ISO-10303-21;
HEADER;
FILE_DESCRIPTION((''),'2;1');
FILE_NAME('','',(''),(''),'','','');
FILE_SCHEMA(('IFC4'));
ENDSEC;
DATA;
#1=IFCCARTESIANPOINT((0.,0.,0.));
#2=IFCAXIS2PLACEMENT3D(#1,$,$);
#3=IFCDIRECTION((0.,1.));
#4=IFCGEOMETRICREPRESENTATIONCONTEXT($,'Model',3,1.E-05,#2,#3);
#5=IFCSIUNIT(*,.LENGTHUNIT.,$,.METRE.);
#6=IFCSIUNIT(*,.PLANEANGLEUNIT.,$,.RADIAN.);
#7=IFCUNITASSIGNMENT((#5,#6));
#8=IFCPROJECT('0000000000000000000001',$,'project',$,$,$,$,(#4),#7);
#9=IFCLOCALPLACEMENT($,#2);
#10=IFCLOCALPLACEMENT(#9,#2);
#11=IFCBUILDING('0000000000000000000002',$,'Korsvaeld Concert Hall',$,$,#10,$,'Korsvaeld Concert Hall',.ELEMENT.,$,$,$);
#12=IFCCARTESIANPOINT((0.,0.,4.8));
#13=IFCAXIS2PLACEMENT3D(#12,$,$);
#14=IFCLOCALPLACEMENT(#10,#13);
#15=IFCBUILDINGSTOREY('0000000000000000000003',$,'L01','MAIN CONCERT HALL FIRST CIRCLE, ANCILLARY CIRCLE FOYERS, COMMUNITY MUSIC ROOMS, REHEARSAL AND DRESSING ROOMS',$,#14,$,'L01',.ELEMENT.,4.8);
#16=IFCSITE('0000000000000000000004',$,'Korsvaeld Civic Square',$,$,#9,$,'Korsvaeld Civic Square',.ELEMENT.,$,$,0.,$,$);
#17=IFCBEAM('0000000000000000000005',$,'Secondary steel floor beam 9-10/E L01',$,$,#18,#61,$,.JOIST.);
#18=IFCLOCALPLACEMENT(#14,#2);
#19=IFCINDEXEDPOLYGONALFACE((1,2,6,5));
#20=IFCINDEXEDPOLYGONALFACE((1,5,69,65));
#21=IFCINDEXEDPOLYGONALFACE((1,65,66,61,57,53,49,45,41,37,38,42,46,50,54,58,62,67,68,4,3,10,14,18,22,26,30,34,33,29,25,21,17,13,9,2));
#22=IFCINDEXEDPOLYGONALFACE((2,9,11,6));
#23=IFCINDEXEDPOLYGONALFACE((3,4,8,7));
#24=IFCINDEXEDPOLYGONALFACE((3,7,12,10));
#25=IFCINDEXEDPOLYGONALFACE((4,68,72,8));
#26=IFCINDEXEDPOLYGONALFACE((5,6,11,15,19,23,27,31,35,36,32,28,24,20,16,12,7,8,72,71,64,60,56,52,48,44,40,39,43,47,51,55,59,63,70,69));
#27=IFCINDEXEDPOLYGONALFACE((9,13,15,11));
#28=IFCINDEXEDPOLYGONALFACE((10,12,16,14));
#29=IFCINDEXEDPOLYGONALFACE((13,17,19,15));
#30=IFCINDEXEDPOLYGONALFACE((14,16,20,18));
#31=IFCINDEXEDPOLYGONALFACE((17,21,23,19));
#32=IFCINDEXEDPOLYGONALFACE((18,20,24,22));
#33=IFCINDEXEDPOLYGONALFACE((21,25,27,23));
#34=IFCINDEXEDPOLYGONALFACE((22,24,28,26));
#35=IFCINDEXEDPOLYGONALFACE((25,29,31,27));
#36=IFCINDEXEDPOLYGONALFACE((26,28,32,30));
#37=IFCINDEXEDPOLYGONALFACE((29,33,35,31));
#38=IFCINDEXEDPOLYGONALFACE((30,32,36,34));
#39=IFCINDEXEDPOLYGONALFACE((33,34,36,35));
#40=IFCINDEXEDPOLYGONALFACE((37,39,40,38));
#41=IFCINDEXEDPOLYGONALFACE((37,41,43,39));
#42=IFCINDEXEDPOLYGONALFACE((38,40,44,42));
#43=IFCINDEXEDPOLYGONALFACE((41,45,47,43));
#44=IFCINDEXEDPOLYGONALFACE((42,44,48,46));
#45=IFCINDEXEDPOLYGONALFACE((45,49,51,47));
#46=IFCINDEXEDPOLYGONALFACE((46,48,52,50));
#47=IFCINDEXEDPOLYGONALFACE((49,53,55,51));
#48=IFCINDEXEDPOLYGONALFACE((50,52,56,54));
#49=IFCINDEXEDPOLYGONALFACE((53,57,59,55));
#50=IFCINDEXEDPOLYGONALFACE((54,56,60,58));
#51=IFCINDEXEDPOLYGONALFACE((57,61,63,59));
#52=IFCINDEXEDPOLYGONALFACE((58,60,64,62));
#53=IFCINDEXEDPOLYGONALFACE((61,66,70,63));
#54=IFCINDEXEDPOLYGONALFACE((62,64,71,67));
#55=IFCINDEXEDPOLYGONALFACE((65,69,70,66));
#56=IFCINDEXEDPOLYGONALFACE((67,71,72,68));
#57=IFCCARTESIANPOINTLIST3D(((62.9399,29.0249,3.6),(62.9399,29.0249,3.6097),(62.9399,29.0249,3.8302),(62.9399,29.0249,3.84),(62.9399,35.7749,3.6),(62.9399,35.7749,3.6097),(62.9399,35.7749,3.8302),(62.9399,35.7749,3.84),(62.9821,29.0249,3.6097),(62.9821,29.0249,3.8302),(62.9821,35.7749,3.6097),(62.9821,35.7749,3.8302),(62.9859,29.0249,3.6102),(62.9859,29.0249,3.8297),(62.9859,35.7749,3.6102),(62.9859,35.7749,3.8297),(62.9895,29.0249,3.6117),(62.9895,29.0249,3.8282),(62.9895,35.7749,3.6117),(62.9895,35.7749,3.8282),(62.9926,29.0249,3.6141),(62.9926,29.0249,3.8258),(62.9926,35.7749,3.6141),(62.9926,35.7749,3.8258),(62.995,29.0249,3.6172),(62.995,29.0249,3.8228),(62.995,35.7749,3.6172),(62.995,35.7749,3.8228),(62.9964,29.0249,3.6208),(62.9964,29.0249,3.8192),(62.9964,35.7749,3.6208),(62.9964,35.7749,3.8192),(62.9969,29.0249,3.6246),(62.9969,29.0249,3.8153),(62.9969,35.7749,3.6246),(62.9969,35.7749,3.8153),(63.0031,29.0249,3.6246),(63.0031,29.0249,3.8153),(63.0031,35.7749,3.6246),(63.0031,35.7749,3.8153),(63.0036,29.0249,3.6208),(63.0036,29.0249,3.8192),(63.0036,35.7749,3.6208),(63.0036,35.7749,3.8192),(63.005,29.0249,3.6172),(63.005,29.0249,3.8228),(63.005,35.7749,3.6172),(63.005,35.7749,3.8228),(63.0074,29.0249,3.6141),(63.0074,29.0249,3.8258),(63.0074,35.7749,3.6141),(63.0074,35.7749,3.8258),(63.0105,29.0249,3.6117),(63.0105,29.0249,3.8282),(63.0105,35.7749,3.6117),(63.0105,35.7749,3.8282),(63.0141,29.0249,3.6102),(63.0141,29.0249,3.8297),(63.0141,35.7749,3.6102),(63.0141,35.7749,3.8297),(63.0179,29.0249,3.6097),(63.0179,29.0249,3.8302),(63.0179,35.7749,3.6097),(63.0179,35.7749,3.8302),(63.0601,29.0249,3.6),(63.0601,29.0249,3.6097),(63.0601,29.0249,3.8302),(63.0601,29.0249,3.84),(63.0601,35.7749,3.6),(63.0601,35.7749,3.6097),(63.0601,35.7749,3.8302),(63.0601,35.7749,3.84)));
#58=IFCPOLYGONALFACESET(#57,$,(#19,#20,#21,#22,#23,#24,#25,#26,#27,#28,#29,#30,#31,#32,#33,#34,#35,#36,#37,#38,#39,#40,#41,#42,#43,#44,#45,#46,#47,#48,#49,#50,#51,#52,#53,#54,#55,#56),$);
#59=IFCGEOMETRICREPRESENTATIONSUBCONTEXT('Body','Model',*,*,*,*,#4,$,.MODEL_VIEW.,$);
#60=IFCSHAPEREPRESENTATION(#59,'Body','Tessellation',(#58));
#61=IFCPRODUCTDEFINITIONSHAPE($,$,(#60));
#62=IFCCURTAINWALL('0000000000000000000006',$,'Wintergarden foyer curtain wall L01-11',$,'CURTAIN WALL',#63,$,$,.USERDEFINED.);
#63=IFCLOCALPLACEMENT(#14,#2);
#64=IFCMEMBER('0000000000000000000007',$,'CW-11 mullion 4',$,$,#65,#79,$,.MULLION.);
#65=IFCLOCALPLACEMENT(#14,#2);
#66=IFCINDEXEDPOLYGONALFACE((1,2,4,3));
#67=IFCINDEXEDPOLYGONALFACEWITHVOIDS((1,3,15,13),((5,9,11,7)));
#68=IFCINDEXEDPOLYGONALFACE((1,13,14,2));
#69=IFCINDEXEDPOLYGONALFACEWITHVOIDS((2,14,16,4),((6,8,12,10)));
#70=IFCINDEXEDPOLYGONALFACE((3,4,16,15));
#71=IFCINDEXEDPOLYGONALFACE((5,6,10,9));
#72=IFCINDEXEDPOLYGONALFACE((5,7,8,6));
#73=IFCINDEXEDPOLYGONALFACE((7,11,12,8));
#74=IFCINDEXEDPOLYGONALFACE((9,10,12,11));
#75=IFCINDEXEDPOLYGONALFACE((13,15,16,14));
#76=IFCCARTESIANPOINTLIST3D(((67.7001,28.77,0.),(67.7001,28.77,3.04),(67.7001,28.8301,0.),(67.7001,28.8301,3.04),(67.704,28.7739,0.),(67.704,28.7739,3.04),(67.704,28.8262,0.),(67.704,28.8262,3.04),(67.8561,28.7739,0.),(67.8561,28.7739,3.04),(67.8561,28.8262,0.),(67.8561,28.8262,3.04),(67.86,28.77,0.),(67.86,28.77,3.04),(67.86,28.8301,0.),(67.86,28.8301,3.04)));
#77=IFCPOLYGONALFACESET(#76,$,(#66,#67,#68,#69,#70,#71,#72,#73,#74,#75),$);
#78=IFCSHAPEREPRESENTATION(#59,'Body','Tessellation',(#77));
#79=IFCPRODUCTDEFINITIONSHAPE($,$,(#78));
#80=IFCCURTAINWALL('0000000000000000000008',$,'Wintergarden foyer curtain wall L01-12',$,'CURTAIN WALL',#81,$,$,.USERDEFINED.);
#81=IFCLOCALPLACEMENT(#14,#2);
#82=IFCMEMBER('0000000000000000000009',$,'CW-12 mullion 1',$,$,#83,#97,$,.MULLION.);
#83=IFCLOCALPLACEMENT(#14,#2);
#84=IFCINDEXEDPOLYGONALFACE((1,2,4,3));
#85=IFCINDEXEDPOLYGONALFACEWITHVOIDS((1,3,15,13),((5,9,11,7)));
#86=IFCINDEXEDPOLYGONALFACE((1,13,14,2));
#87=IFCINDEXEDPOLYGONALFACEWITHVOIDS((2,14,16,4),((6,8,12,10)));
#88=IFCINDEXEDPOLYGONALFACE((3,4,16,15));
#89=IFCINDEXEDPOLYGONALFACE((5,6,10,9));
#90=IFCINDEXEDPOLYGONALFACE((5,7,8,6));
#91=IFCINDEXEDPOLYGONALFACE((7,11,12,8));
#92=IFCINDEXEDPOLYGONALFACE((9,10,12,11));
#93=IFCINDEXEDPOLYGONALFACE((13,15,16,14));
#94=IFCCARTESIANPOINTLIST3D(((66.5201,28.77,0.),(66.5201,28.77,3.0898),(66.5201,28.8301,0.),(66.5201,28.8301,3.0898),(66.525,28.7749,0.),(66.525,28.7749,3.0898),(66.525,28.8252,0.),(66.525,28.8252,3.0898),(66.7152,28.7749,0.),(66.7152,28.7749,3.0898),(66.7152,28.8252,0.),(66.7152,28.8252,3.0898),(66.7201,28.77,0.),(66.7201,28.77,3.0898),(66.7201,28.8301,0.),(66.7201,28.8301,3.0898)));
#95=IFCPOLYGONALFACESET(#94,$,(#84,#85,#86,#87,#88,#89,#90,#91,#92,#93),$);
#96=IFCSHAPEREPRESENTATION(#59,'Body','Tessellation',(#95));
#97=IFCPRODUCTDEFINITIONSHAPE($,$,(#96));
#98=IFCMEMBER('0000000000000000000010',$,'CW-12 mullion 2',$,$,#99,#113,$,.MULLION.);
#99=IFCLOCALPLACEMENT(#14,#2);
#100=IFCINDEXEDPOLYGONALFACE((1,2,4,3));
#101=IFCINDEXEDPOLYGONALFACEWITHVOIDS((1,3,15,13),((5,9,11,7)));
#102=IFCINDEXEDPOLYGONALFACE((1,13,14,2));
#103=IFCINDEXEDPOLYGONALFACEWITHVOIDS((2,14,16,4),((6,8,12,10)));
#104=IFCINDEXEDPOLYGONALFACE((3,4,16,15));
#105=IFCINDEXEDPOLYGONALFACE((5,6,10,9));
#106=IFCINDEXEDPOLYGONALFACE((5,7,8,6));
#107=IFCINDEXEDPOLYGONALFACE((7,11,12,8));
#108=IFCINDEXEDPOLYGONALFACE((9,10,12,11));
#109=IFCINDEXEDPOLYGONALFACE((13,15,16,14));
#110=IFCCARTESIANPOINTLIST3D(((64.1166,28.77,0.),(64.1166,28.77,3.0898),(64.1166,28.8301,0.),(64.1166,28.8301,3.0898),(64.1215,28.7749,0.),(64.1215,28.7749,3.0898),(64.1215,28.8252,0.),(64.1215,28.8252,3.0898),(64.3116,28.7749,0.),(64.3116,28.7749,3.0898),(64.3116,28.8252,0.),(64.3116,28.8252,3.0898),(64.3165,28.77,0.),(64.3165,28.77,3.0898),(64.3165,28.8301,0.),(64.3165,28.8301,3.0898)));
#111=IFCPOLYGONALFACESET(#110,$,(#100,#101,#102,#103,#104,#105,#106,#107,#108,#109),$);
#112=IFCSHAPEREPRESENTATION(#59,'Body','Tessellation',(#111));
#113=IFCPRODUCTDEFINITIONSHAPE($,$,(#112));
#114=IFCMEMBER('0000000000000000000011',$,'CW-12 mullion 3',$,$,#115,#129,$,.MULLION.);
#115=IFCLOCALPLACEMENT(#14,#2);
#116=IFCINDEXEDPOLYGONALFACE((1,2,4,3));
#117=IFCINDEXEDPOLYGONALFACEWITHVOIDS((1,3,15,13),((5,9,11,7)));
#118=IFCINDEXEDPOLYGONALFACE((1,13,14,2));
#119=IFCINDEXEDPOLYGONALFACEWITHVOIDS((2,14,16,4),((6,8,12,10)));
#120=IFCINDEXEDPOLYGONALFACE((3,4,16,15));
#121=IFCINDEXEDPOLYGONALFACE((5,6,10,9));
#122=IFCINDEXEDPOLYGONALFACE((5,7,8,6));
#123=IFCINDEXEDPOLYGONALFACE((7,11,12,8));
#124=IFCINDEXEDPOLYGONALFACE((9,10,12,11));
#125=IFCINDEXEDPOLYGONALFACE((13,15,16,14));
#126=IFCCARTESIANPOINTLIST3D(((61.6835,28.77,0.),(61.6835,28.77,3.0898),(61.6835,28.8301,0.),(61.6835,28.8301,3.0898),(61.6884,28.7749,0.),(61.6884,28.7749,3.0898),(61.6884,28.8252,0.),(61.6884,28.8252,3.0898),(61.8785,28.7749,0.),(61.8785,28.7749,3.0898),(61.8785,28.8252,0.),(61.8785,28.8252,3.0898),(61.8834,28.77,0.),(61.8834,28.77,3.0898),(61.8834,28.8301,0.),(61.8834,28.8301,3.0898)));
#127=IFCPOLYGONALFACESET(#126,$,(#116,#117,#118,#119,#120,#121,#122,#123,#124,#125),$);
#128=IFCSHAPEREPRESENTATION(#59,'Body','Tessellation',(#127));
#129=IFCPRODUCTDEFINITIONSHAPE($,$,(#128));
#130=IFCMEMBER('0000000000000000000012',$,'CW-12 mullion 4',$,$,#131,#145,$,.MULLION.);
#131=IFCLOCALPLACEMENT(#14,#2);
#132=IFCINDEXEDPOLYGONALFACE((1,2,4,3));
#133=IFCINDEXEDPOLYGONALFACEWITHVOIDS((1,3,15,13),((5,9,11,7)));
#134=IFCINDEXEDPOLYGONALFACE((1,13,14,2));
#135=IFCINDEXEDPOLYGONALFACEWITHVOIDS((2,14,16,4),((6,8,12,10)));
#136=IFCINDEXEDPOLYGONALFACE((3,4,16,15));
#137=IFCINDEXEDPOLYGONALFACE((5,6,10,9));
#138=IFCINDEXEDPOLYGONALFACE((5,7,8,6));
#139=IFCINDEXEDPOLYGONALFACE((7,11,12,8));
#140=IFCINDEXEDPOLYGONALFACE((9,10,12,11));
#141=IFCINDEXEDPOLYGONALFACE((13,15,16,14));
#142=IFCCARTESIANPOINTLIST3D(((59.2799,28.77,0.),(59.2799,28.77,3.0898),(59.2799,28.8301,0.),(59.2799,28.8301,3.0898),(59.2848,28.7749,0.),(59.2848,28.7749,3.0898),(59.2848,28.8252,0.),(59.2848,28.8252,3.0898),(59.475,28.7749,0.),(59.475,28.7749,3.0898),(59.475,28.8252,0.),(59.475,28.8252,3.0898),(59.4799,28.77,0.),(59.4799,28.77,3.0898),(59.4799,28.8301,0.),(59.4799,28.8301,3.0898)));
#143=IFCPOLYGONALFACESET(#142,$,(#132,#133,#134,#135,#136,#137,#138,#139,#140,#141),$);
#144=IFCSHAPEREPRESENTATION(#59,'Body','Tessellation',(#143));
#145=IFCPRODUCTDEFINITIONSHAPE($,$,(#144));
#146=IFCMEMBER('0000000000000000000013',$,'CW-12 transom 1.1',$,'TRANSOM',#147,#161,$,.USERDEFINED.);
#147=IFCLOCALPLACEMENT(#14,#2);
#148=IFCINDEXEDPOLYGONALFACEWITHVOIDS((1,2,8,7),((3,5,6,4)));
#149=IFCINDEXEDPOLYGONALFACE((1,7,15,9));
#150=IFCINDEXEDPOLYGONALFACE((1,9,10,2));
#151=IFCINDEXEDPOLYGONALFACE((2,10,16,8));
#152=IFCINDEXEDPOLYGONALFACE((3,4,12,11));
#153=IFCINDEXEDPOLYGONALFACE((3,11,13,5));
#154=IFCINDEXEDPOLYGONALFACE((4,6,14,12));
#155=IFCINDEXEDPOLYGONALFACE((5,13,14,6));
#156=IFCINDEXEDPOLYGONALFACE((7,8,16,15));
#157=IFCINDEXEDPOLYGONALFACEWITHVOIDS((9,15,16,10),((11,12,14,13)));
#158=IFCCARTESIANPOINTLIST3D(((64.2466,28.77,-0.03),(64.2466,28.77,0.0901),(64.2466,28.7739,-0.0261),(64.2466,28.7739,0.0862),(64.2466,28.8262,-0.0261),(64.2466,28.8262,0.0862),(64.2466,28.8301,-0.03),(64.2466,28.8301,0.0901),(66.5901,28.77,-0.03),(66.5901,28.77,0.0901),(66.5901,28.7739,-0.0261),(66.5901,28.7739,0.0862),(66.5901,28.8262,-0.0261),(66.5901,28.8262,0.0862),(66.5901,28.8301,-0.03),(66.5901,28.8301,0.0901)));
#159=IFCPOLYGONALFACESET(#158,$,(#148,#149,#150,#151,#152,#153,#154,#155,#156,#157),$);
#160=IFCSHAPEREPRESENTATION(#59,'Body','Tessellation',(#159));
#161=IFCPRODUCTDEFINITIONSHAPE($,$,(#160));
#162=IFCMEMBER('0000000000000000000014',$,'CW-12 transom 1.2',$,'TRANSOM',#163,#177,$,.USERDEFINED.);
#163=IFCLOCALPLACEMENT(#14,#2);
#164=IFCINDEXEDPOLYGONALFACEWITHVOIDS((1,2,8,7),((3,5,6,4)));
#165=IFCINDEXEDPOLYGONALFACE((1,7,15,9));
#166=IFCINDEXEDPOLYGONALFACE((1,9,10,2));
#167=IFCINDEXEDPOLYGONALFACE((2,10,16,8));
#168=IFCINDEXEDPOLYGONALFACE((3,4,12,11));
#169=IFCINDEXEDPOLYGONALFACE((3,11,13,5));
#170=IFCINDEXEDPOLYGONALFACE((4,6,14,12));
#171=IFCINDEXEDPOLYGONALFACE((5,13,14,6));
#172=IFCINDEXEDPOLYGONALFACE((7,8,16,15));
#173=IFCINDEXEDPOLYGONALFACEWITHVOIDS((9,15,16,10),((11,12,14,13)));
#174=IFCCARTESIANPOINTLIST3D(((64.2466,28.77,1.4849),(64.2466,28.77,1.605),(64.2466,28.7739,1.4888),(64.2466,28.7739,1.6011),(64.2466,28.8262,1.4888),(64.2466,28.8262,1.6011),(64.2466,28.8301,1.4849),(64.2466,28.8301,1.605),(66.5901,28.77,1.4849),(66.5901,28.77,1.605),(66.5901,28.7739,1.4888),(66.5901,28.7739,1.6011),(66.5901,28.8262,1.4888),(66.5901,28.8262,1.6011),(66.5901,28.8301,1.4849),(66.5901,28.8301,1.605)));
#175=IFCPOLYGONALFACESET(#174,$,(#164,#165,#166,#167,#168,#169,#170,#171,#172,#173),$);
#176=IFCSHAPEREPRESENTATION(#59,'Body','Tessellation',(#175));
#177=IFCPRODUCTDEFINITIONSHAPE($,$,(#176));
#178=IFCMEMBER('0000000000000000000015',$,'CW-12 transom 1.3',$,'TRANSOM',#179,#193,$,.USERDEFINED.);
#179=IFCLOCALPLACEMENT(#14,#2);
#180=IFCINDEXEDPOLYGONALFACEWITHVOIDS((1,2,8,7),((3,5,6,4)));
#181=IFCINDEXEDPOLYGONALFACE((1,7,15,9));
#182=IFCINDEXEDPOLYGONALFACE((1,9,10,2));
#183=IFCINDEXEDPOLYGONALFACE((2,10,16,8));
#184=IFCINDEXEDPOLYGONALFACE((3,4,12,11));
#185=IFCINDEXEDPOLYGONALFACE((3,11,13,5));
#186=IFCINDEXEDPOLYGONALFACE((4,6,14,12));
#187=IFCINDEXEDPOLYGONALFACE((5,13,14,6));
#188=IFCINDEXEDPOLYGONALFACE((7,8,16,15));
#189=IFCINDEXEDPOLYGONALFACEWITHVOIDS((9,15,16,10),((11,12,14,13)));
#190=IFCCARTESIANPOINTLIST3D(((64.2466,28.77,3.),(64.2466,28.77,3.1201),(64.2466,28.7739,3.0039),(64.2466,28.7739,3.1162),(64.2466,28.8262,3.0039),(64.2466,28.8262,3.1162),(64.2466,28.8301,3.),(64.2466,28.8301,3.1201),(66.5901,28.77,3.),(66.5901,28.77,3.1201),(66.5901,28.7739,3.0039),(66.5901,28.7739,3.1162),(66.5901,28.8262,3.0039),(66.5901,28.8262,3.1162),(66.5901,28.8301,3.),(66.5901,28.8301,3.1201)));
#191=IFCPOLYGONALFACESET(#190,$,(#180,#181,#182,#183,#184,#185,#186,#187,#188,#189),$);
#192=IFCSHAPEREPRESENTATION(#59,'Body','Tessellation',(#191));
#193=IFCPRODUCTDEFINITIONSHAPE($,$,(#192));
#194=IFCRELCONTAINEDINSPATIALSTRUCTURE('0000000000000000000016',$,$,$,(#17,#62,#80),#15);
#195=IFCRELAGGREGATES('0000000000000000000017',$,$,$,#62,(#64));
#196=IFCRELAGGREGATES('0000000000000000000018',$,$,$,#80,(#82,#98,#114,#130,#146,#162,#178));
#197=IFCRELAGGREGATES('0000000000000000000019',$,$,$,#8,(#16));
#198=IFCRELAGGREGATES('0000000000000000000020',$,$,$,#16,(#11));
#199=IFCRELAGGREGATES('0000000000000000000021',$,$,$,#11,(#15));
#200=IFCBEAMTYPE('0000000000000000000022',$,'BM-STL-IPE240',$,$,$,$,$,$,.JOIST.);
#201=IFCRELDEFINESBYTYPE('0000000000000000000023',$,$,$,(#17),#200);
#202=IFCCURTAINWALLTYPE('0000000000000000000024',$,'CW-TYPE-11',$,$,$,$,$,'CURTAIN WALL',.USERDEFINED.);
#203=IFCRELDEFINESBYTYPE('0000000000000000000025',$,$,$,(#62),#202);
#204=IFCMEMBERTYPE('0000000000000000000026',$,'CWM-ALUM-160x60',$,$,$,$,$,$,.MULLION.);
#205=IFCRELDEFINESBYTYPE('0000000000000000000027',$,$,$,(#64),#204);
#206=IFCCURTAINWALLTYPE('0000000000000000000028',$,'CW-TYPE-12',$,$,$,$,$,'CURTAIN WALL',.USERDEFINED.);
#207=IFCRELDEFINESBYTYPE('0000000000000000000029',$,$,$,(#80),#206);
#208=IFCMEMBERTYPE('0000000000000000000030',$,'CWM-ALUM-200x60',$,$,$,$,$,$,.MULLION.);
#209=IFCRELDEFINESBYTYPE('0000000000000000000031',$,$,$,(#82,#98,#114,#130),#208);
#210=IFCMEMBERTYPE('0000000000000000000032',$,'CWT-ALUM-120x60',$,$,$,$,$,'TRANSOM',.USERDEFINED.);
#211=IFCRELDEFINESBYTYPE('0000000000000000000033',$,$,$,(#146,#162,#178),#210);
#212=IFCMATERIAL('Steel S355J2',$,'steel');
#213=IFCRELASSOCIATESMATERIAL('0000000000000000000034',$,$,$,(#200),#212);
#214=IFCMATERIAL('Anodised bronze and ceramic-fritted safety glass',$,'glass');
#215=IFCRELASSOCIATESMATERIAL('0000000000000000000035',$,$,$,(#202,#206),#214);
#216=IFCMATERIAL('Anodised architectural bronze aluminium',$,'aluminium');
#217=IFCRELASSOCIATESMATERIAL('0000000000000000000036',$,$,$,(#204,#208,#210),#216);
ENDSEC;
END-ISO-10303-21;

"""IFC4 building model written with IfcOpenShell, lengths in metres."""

from ifc_helpers import new_model, si_unit, direction, frame, origin, origin_2d, place, context, subcontext, project, spatial, hollow_rectangle, i_section, extrude, material, material_profile, profile_set, type_object, element, aggregate, save


model = new_model("IFC4")

# Units and contexts
model_context = context("Model", 3, precision=1e-05, world=origin(), true_north=direction((0.0, 1.0)))
body_context = subcontext(model_context, "Body", "Model", "MODEL_VIEW")
ifc_project = project(units=[si_unit("LENGTHUNIT", "METRE"), si_unit("PLANEANGLEUNIT", "RADIAN")], contexts=[model_context])

# Site, building, storey
site_placement = place(None, origin())
site = spatial("IfcSite", under=ifc_project, at=site_placement, Name="Korsvaeld Civic Square", LongName="Korsvaeld Civic Square", CompositionType="ELEMENT", RefElevation=0.0)
building_placement = place(site_placement, origin())
building = spatial("IfcBuilding", under=site, at=building_placement, Name="Korsvaeld Concert Hall", LongName="Korsvaeld Concert Hall", CompositionType="ELEMENT")
storey_placement = place(building_placement, frame((0.0, 0.0, 4.8)))
storey = spatial("IfcBuildingStorey", under=building, at=storey_placement, Name="L01", Description="MAIN CONCERT HALL FIRST CIRCLE, ANCILLARY CIRCLE FOYERS, COMMUNITY MUSIC ROOMS, REHEARSAL AND DRESSING ROOMS", LongName="L01", CompositionType="ELEMENT", Elevation=4.8)

# Shared definitions
ifc_material_1 = material(Name="Steel S355J2", Category="steel")

# Beam
ifc_material_profile_1 = material_profile(ifc_material_1, i_section(OverallWidth=0.1201, OverallDepth=0.24, WebThickness=0.0061, FlangeThickness=0.0098, FilletRadius=0.0149, at=origin_2d()), Name="IPE 240")
ifc_profile_set_1 = profile_set([ifc_material_profile_1], Name="Steel S355J2")
beam_type_1 = type_object("IfcBeamType", Name="BM-STL-IPE240", PredefinedType="JOIST", material=ifc_profile_set_1)
beam_1_placement = place(storey_placement, frame((63.0, 29.0249, 3.72), z_axis=(0.0, 1.0, 0.0), x_axis=(-1.0, 0.0, 0.0)))
element("IfcBeam", 1, at=beam_1_placement, inside=storey, type_object=beam_type_1, Name="Secondary steel floor beam 9-10/E L01", PredefinedType="JOIST", context=body_context, shape_type="SweptSolid", body=[
    extrude(i_section(OverallWidth=0.1201, OverallDepth=0.24, WebThickness=0.0061, FlangeThickness=0.0098, FilletRadius=0.0149, at=origin_2d()), origin(), (0.0, 0.0, 1.0), 6.75),
])

# Curtain wall, member
ifc_material_2 = material(Name="Anodised bronze and ceramic-fritted safety glass", Category="glass")
curtain_wall_type_1 = type_object("IfcCurtainWallType", Name="CW-TYPE-11", ElementType="CURTAIN WALL", PredefinedType="USERDEFINED", material=ifc_material_2)
curtain_wall_1_placement = place(storey_placement, origin())
curtain_wall_1 = element("IfcCurtainWall", 2, at=curtain_wall_1_placement, inside=storey, type_object=curtain_wall_type_1, Name="Wintergarden foyer curtain wall L01-11", ObjectType="CURTAIN WALL", PredefinedType="USERDEFINED")
ifc_material_3 = material(Name="Anodised architectural bronze aluminium", Category="aluminium")
ifc_material_profile_2 = material_profile(ifc_material_3, hollow_rectangle(XDim=0.0601, YDim=0.1599, WallThickness=0.0039, at=origin_2d()), Name="CWM 160x60x4")
ifc_profile_set_2 = profile_set([ifc_material_profile_2], Name="Anodised architectural bronze aluminium")
member_type_1 = type_object("IfcMemberType", Name="CWM-ALUM-160x60", PredefinedType="MULLION", material=ifc_profile_set_2)
member_1_placement = place(storey_placement, frame((67.78, 28.8, 0.0), z_axis=(0.0, 0.0, 1.0), x_axis=(0.0, -1.0, 0.0)))
member_1 = element("IfcMember", 3, at=member_1_placement, type_object=member_type_1, Name="CW-11 mullion 4", PredefinedType="MULLION", context=body_context, shape_type="SweptSolid", body=[
    extrude(hollow_rectangle(XDim=0.0601, YDim=0.1599, WallThickness=0.0039, at=origin_2d()), origin(), (0.0, 0.0, 1.0), 3.04),
])

# Curtain wall, members
curtain_wall_type_2 = type_object("IfcCurtainWallType", Name="CW-TYPE-12", ElementType="CURTAIN WALL", PredefinedType="USERDEFINED", material=ifc_material_2)
curtain_wall_2_placement = place(storey_placement, origin())
curtain_wall_2 = element("IfcCurtainWall", 4, at=curtain_wall_2_placement, inside=storey, type_object=curtain_wall_type_2, Name="Wintergarden foyer curtain wall L01-12", ObjectType="CURTAIN WALL", PredefinedType="USERDEFINED")
ifc_material_profile_3 = material_profile(ifc_material_3, hollow_rectangle(XDim=0.0601, YDim=0.2, WallThickness=0.0049, at=origin_2d()), Name="CWM 200x60x5")
ifc_profile_set_3 = profile_set([ifc_material_profile_3], Name="Anodised architectural bronze aluminium")
member_type_2 = type_object("IfcMemberType", Name="CWM-ALUM-200x60", PredefinedType="MULLION", material=ifc_profile_set_3)
member_2_placement = place(storey_placement, frame((66.6201, 28.8, 0.0), z_axis=(0.0, 0.0, 1.0), x_axis=(0.0, -1.0, 0.0)))
member_2 = element("IfcMember", 5, at=member_2_placement, type_object=member_type_2, Name="CW-12 mullion 1", PredefinedType="MULLION", context=body_context, shape_type="SweptSolid", body=[
    extrude(hollow_rectangle(XDim=0.0601, YDim=0.2, WallThickness=0.0049, at=origin_2d()), origin(), (0.0, 0.0, 1.0), 3.0898),
])
member_3_placement = place(storey_placement, frame((64.2166, 28.8, 0.0), z_axis=(0.0, 0.0, 1.0), x_axis=(0.0, -1.0, 0.0)))
member_3 = element("IfcMember", 6, at=member_3_placement, type_object=member_type_2, Name="CW-12 mullion 2", PredefinedType="MULLION", context=body_context, shape_type="SweptSolid", body=[
    extrude(hollow_rectangle(XDim=0.0601, YDim=0.2, WallThickness=0.0049, at=origin_2d()), origin(), (0.0, 0.0, 1.0), 3.0898),
])
member_4_placement = place(storey_placement, frame((61.7834, 28.8, 0.0), z_axis=(0.0, 0.0, 1.0), x_axis=(0.0, -1.0, 0.0)))
member_4 = element("IfcMember", 7, at=member_4_placement, type_object=member_type_2, Name="CW-12 mullion 3", PredefinedType="MULLION", context=body_context, shape_type="SweptSolid", body=[
    extrude(hollow_rectangle(XDim=0.0601, YDim=0.2, WallThickness=0.0049, at=origin_2d()), origin(), (0.0, 0.0, 1.0), 3.0898),
])
member_5_placement = place(storey_placement, frame((59.3799, 28.8, 0.0), z_axis=(0.0, 0.0, 1.0), x_axis=(0.0, -1.0, 0.0)))
member_5 = element("IfcMember", 8, at=member_5_placement, type_object=member_type_2, Name="CW-12 mullion 4", PredefinedType="MULLION", context=body_context, shape_type="SweptSolid", body=[
    extrude(hollow_rectangle(XDim=0.0601, YDim=0.2, WallThickness=0.0049, at=origin_2d()), origin(), (0.0, 0.0, 1.0), 3.0898),
])
ifc_material_profile_4 = material_profile(ifc_material_3, hollow_rectangle(XDim=0.0601, YDim=0.1201, WallThickness=0.0039, at=origin_2d()), Name="CWT 120x60x4")
ifc_profile_set_4 = profile_set([ifc_material_profile_4], Name="Anodised architectural bronze aluminium")
member_type_3 = type_object("IfcMemberType", Name="CWT-ALUM-120x60", ElementType="TRANSOM", PredefinedType="USERDEFINED", material=ifc_profile_set_4)
member_6_placement = place(storey_placement, frame((66.5901, 28.8, 0.03), z_axis=(-1.0, 0.0, 0.0), x_axis=(0.0, -1.0, 0.0)))
member_6 = element("IfcMember", 9, at=member_6_placement, type_object=member_type_3, Name="CW-12 transom 1.1", ObjectType="TRANSOM", PredefinedType="USERDEFINED", context=body_context, shape_type="SweptSolid", body=[
    extrude(hollow_rectangle(XDim=0.0601, YDim=0.1201, WallThickness=0.0039, at=origin_2d()), origin(), (0.0, 0.0, 1.0), 2.3435),
])
member_7_placement = place(storey_placement, frame((66.5901, 28.8, 1.5449), z_axis=(-1.0, 0.0, 0.0), x_axis=(0.0, -1.0, 0.0)))
member_7 = element("IfcMember", 10, at=member_7_placement, type_object=member_type_3, Name="CW-12 transom 1.2", ObjectType="TRANSOM", PredefinedType="USERDEFINED", context=body_context, shape_type="SweptSolid", body=[
    extrude(hollow_rectangle(XDim=0.0601, YDim=0.1201, WallThickness=0.0039, at=origin_2d()), origin(), (0.0, 0.0, 1.0), 2.3435),
])
member_8_placement = place(storey_placement, frame((66.5901, 28.8, 3.0601), z_axis=(-1.0, 0.0, 0.0), x_axis=(0.0, -1.0, 0.0)))
member_8 = element("IfcMember", 11, at=member_8_placement, type_object=member_type_3, Name="CW-12 transom 1.3", ObjectType="TRANSOM", PredefinedType="USERDEFINED", context=body_context, shape_type="SweptSolid", body=[
    extrude(hollow_rectangle(XDim=0.0601, YDim=0.1201, WallThickness=0.0039, at=origin_2d()), origin(), (0.0, 0.0, 1.0), 2.3435),
])

aggregate(curtain_wall_1, [member_1])
aggregate(curtain_wall_2, [member_2, member_3, member_4, member_5, member_6, member_7, member_8])

save(model, "model.ifc")
